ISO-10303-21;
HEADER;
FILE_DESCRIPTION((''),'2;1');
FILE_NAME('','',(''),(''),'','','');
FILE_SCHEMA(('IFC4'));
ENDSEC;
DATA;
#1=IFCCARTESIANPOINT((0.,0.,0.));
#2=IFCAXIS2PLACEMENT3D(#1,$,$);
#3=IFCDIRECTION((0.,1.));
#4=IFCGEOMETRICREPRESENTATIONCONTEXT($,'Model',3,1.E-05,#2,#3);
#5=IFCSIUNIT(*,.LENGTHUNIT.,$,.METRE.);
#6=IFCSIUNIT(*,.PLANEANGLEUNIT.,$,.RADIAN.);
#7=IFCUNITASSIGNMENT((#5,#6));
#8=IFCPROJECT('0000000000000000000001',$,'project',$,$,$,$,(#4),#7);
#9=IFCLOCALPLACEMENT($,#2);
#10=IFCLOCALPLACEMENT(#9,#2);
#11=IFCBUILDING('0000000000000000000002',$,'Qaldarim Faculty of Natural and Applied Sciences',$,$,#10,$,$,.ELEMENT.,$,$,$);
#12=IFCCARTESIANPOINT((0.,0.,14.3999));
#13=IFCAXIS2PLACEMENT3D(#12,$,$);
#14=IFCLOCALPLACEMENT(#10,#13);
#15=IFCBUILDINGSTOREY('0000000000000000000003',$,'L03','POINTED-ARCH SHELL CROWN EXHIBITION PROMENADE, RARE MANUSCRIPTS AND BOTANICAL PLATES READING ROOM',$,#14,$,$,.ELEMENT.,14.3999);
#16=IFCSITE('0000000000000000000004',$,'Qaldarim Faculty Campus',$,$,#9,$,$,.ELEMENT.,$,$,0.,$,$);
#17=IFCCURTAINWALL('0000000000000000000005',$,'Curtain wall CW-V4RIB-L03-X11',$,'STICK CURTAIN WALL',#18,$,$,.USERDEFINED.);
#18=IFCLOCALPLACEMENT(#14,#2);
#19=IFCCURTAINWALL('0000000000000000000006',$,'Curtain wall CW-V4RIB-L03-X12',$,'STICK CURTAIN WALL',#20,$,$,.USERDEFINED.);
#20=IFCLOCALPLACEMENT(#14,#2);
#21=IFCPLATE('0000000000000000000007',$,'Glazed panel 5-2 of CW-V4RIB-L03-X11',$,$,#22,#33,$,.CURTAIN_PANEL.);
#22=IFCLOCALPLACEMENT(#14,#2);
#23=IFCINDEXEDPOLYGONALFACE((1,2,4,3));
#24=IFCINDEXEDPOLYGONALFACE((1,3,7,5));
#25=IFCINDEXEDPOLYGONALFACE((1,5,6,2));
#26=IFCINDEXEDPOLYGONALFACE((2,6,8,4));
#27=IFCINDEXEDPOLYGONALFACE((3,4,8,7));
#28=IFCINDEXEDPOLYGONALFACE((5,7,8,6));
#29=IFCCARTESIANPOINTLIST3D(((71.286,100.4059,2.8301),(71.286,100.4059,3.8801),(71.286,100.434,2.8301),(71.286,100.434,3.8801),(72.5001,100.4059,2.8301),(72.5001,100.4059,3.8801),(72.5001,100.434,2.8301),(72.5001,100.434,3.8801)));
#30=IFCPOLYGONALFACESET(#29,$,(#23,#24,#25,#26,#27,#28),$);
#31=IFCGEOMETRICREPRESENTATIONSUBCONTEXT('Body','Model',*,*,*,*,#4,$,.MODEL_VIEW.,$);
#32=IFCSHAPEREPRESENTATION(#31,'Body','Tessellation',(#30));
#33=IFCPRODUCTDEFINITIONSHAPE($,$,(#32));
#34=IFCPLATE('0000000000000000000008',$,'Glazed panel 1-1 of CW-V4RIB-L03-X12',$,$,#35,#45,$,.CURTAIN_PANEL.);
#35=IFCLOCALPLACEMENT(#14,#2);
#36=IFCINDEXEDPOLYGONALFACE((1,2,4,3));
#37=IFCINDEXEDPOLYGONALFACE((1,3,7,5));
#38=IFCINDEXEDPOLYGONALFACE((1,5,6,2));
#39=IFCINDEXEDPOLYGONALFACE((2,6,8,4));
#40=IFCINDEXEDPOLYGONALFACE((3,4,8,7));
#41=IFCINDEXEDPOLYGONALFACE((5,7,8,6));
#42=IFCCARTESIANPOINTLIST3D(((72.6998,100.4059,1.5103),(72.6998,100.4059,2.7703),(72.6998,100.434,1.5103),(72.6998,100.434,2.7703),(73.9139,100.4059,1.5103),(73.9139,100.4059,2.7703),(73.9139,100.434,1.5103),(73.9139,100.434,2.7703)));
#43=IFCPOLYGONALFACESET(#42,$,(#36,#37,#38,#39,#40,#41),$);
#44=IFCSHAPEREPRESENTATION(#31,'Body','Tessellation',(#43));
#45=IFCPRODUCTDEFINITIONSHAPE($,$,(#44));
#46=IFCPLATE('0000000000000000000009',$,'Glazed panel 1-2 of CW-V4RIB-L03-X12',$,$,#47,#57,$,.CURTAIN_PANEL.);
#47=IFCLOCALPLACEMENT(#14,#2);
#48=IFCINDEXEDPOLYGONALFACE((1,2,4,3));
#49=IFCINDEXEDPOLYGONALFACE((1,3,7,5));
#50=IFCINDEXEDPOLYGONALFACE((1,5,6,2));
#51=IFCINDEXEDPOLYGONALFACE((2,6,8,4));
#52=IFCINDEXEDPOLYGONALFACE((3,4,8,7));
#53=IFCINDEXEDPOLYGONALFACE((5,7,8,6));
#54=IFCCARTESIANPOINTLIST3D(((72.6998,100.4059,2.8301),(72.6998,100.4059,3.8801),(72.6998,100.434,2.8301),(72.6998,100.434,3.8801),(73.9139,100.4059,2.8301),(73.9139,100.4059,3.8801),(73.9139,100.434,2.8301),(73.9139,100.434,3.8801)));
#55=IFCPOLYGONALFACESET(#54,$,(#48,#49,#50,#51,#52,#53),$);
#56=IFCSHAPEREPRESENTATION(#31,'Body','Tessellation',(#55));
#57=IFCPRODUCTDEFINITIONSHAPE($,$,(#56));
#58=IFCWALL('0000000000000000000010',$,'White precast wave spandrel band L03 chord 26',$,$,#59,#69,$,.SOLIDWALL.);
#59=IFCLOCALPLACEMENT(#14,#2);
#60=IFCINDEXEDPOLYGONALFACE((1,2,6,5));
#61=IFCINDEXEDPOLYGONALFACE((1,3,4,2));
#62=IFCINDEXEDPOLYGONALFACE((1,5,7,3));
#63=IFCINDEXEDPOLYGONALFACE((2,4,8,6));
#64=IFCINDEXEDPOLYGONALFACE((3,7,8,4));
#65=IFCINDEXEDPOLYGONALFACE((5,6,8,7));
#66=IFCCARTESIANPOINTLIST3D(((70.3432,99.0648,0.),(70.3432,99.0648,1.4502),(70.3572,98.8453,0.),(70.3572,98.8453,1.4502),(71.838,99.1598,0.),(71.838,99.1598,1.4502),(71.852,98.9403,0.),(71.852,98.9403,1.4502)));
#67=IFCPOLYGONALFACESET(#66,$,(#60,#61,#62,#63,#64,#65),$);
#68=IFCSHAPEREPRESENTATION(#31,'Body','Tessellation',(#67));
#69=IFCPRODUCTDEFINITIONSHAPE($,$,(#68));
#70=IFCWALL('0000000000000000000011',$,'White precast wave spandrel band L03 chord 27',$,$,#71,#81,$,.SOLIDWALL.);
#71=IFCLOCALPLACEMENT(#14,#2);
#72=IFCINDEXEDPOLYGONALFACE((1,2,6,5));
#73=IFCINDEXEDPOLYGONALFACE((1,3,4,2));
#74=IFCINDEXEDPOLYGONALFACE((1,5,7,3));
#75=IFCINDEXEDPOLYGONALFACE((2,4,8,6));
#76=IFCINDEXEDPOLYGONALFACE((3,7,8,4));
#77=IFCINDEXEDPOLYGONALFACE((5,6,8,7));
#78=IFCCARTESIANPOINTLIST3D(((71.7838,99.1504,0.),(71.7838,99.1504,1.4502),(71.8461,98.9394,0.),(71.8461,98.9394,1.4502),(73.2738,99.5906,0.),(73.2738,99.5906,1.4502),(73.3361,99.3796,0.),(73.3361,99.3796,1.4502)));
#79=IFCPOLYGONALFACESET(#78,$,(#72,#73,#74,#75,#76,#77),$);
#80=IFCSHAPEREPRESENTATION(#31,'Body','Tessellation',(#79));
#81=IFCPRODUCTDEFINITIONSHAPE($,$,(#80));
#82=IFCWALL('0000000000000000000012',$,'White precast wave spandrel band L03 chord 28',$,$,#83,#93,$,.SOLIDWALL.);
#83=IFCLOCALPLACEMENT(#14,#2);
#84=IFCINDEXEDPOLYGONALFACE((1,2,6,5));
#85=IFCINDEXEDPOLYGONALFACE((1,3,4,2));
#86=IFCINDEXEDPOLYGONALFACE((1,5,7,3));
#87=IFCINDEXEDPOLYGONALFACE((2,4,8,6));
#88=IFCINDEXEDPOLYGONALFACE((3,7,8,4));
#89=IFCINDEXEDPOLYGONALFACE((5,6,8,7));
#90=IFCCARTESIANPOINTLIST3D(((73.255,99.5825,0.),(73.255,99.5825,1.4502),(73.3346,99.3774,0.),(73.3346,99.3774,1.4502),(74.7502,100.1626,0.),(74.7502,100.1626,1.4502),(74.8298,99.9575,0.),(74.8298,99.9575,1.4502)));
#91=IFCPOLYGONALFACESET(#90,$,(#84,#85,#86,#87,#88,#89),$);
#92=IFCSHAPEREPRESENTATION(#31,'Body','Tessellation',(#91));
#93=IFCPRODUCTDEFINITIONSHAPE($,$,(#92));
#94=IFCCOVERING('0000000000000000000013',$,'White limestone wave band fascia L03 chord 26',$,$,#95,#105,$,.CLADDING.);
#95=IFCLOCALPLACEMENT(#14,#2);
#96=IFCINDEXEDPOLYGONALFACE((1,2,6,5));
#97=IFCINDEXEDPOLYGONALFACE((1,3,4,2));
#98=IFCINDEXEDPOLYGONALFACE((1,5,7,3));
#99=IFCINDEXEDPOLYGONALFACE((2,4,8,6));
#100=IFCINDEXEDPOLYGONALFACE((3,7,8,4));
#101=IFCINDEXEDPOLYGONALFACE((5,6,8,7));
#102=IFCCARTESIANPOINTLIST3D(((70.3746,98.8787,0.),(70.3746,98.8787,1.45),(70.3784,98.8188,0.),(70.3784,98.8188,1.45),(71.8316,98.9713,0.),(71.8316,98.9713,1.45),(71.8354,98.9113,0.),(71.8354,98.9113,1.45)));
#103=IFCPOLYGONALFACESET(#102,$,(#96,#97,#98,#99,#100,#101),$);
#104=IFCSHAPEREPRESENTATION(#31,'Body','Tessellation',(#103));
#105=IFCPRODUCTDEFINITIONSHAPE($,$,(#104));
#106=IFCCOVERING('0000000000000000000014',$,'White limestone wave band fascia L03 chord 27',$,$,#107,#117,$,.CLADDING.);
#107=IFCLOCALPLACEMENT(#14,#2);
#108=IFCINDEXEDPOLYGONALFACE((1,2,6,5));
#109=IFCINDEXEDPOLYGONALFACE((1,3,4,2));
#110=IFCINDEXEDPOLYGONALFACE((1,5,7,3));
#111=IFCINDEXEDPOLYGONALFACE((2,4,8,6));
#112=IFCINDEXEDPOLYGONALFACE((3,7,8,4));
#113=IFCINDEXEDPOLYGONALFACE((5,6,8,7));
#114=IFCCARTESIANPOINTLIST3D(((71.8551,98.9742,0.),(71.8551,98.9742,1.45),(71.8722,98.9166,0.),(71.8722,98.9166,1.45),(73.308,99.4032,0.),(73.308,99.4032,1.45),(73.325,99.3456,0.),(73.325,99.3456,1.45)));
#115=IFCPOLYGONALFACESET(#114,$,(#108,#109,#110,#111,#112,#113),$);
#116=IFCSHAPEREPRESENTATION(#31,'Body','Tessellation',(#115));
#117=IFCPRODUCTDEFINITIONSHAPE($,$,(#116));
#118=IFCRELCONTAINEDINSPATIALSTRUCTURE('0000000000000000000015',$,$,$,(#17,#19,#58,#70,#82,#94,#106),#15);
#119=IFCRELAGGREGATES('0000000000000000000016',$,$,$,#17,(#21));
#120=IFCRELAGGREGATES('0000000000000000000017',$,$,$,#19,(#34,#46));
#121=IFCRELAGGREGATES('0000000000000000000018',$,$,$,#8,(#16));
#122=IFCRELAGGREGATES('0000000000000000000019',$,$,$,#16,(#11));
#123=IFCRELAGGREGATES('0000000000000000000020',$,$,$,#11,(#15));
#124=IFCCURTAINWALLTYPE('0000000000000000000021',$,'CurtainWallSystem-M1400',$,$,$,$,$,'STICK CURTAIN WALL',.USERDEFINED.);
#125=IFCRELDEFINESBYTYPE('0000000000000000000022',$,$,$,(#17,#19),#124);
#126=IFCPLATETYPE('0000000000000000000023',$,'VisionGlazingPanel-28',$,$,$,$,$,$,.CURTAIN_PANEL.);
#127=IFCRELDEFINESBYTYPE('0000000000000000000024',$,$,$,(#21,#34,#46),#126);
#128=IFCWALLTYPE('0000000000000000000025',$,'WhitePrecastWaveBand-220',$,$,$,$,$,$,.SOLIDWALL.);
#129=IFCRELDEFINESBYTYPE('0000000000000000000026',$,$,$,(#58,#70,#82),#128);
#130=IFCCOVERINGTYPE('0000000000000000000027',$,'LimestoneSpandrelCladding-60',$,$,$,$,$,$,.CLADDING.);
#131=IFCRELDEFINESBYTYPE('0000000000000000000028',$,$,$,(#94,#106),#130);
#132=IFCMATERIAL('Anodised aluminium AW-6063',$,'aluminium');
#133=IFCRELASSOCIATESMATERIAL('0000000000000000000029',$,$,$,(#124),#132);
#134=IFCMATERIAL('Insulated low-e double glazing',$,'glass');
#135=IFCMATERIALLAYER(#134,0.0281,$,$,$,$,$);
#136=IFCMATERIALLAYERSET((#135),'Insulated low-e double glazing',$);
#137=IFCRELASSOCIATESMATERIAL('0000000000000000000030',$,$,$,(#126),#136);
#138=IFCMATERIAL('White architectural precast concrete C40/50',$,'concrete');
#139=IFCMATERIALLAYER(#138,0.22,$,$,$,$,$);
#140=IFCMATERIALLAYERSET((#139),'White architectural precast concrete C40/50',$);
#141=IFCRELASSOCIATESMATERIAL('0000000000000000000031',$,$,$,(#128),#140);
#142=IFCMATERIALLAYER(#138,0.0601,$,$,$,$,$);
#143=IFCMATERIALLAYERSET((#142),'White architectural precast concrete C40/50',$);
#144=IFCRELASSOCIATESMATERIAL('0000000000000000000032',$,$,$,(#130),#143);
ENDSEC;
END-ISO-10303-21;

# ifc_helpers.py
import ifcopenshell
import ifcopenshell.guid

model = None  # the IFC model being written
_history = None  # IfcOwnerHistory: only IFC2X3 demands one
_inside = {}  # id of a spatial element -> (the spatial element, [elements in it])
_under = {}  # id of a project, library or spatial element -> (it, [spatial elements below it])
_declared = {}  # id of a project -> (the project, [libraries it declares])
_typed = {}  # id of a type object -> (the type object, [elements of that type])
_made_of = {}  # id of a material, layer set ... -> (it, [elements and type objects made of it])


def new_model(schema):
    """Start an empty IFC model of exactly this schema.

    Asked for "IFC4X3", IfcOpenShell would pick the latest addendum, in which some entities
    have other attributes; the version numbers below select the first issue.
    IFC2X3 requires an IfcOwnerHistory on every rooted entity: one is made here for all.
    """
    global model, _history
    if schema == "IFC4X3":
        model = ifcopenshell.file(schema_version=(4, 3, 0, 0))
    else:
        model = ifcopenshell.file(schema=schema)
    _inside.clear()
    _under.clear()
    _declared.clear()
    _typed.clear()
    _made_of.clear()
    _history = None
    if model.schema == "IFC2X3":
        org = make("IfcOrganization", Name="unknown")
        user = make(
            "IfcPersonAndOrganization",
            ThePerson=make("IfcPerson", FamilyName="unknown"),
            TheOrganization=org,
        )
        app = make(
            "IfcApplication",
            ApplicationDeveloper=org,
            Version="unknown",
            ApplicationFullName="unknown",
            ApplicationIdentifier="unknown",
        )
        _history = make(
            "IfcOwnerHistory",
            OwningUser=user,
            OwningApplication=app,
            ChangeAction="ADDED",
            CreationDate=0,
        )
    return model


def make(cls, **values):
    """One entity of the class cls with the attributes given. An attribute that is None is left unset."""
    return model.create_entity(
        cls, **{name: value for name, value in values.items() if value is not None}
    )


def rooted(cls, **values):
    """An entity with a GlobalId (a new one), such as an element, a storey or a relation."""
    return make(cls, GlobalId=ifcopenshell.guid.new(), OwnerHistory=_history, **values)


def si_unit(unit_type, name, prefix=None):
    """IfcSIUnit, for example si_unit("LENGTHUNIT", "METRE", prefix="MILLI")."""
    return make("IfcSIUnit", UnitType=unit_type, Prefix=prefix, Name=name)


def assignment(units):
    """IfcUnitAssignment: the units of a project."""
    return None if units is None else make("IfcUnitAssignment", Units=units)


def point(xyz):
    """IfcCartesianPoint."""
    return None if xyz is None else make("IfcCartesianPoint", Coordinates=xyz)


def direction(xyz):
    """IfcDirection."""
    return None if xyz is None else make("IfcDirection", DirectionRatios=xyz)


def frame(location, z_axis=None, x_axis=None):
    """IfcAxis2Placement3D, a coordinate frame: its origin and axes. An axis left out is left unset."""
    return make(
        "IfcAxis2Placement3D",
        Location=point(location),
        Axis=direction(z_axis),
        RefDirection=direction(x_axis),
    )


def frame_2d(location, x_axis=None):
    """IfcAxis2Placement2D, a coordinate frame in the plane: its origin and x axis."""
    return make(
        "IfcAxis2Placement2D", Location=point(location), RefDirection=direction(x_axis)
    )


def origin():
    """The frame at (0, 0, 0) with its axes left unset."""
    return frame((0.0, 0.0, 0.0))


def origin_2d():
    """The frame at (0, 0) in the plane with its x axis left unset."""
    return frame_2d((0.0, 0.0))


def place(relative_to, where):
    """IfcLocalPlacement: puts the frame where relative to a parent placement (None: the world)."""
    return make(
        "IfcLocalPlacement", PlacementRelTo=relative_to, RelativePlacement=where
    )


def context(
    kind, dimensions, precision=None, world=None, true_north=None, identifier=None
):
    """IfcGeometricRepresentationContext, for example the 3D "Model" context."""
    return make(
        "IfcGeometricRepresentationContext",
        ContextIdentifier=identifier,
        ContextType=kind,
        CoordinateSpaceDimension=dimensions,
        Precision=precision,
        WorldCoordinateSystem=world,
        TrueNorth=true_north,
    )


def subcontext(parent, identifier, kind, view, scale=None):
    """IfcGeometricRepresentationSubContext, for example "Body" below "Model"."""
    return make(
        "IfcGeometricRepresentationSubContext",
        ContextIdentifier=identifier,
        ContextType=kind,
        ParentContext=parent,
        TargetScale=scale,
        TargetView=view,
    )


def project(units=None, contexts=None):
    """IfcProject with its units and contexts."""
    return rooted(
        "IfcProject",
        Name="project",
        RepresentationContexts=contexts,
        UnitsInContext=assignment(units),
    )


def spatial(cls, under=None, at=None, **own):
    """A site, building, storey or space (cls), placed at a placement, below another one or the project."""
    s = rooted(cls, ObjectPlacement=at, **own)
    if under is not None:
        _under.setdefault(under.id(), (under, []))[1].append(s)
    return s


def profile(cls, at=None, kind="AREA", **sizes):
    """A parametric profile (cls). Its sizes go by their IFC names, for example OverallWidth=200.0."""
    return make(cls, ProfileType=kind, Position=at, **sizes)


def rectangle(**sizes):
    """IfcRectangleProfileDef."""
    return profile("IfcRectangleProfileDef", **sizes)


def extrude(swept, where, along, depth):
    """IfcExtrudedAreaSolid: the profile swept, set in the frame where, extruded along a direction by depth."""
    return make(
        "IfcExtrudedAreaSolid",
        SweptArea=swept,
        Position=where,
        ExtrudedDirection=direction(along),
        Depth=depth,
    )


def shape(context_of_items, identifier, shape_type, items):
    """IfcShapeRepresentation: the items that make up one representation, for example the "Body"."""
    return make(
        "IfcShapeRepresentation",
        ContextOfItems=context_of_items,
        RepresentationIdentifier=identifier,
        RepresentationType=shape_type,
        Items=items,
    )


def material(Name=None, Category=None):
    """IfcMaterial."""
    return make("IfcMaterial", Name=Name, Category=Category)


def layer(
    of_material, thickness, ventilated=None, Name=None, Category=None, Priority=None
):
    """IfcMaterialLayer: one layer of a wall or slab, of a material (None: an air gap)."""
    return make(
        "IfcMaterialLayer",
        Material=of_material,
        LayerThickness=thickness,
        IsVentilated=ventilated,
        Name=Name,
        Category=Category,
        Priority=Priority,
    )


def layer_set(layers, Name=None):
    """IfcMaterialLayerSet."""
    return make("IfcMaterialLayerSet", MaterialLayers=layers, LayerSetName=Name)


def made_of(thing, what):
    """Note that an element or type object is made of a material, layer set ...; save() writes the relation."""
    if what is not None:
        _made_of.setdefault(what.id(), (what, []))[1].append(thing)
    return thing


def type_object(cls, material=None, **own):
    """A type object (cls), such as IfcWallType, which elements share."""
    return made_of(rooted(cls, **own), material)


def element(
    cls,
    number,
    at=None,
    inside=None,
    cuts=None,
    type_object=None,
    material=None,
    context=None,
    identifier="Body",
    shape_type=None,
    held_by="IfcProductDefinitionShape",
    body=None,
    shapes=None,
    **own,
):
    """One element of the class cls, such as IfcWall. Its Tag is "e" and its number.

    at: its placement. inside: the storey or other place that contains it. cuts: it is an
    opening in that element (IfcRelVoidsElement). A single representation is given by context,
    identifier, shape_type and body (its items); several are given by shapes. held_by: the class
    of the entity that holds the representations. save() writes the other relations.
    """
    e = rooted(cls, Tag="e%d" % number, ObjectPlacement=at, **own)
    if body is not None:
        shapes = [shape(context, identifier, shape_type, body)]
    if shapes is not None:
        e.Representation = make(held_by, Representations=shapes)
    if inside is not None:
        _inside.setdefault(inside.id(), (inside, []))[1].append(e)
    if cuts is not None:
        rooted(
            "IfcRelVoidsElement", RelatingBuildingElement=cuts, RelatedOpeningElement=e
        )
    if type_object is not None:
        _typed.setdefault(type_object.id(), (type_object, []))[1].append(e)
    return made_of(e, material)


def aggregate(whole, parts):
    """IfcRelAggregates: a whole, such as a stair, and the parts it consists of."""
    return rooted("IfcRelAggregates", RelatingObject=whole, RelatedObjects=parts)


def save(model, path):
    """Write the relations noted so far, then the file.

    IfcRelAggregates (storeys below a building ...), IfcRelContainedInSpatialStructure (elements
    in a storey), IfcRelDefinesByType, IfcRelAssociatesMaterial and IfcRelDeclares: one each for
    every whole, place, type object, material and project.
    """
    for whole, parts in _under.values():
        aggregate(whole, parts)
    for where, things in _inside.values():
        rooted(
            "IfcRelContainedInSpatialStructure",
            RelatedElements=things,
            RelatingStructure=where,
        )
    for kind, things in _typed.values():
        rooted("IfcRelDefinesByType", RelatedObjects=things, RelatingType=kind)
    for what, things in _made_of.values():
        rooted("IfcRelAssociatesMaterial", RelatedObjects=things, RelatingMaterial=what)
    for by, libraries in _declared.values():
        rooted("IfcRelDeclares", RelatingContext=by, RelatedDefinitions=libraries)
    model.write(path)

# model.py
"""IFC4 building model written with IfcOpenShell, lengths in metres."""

from ifc_helpers import new_model, si_unit, direction, frame, frame_2d, origin, origin_2d, place, context, subcontext, project, spatial, rectangle, extrude, material, layer, layer_set, type_object, element, aggregate, save


model = new_model("IFC4")

# Units and contexts
model_context = context("Model", 3, precision=1e-05, world=origin(), true_north=direction((0.0, 1.0)))
body_context = subcontext(model_context, "Body", "Model", "MODEL_VIEW")
ifc_project = project(units=[si_unit("LENGTHUNIT", "METRE"), si_unit("PLANEANGLEUNIT", "RADIAN")], contexts=[model_context])

# Site, building, storey
site_placement = place(None, origin())
site = spatial("IfcSite", under=ifc_project, at=site_placement, Name="Qaldarim Faculty Campus", CompositionType="ELEMENT", RefElevation=0.0)
building_placement = place(site_placement, origin())
building = spatial("IfcBuilding", under=site, at=building_placement, Name="Qaldarim Faculty of Natural and Applied Sciences", CompositionType="ELEMENT")
storey_placement = place(building_placement, frame((0.0, 0.0, 14.3999)))
storey = spatial("IfcBuildingStorey", under=building, at=storey_placement, Name="L03", Description="POINTED-ARCH SHELL CROWN EXHIBITION PROMENADE, RARE MANUSCRIPTS AND BOTANICAL PLATES READING ROOM", CompositionType="ELEMENT", Elevation=14.3999)

# Curtain wall
ifc_material_1 = material(Name="Anodised aluminium AW-6063", Category="aluminium")
curtain_wall_type = type_object("IfcCurtainWallType", Name="CurtainWallSystem-M1400", ElementType="STICK CURTAIN WALL", PredefinedType="USERDEFINED", material=ifc_material_1)
curtain_wall_1_placement = place(storey_placement, origin())
curtain_wall_1 = element("IfcCurtainWall", 1, at=curtain_wall_1_placement, inside=storey, type_object=curtain_wall_type, Name="Curtain wall CW-V4RIB-L03-X11", ObjectType="STICK CURTAIN WALL", PredefinedType="USERDEFINED")

# Curtain wall
curtain_wall_2_placement = place(storey_placement, origin())
curtain_wall_2 = element("IfcCurtainWall", 2, at=curtain_wall_2_placement, inside=storey, type_object=curtain_wall_type, Name="Curtain wall CW-V4RIB-L03-X12", ObjectType="STICK CURTAIN WALL", PredefinedType="USERDEFINED")

# Plates
ifc_material_2 = material(Name="Insulated low-e double glazing", Category="glass")
ifc_layer_1 = layer(ifc_material_2, 0.0281)
ifc_layer_set_1 = layer_set([ifc_layer_1], Name="Insulated low-e double glazing")
plate_type = type_object("IfcPlateType", Name="VisionGlazingPanel-28", PredefinedType="CURTAIN_PANEL", material=ifc_layer_set_1)
plate_1_placement = place(storey_placement, frame((71.8931, 100.4199, 2.8301), z_axis=(0.0, 0.0, 1.0), x_axis=(1.0, 0.0, 0.0)))
plate_1 = element("IfcPlate", 3, at=plate_1_placement, type_object=plate_type, Name="Glazed panel 5-2 of CW-V4RIB-L03-X11", PredefinedType="CURTAIN_PANEL", context=body_context, shape_type="SweptSolid", body=[
    extrude(rectangle(XDim=1.2141, YDim=0.0281, at=origin_2d()), origin(), (0.0, 0.0, 1.0), 1.05),
])
aggregate(curtain_wall_1, [plate_1])
plate_2_placement = place(storey_placement, frame((73.3069, 100.4199, 1.5103), z_axis=(0.0, 0.0, 1.0), x_axis=(1.0, 0.0, 0.0)))
plate_2 = element("IfcPlate", 4, at=plate_2_placement, type_object=plate_type, Name="Glazed panel 1-1 of CW-V4RIB-L03-X12", PredefinedType="CURTAIN_PANEL", context=body_context, shape_type="SweptSolid", body=[
    extrude(rectangle(XDim=1.2141, YDim=0.0281, at=origin_2d()), origin(), (0.0, 0.0, 1.0), 1.26),
])
plate_3_placement = place(storey_placement, frame((73.3069, 100.4199, 2.8301), z_axis=(0.0, 0.0, 1.0), x_axis=(1.0, 0.0, 0.0)))
plate_3 = element("IfcPlate", 5, at=plate_3_placement, type_object=plate_type, Name="Glazed panel 1-2 of CW-V4RIB-L03-X12", PredefinedType="CURTAIN_PANEL", context=body_context, shape_type="SweptSolid", body=[
    extrude(rectangle(XDim=1.2141, YDim=0.0281, at=origin_2d()), origin(), (0.0, 0.0, 1.0), 1.05),
])
aggregate(curtain_wall_2, [plate_2, plate_3])

# Walls
ifc_material_3 = material(Name="White architectural precast concrete C40/50", Category="concrete")
ifc_layer_2 = layer(ifc_material_3, 0.22)
ifc_layer_set_2 = layer_set([ifc_layer_2], Name="White architectural precast concrete C40/50")
wall_type = type_object("IfcWallType", Name="WhitePrecastWaveBand-220", PredefinedType="SOLIDWALL", material=ifc_layer_set_2)
wall_1_placement = place(storey_placement, frame((70.3501, 98.9551, 0.0), z_axis=(0.0, 0.0, 1.0), x_axis=(0.997988, 0.063403, 0.0)))
element("IfcWall", 6, at=wall_1_placement, inside=storey, type_object=wall_type, Name="White precast wave spandrel band L03 chord 26", PredefinedType="SOLIDWALL", context=body_context, shape_type="SweptSolid", body=[
    extrude(rectangle(XDim=1.4978, YDim=0.22, at=frame_2d((0.749, 0.0))), origin(), (0.0, 0.0, 1.0), 1.4502),
])
wall_2_placement = place(storey_placement, frame((71.8149, 99.0449, 0.0), z_axis=(0.0, 0.0, 1.0), x_axis=(0.959025, 0.283323, 0.0)))
element("IfcWall", 7, at=wall_2_placement, inside=storey, type_object=wall_type, Name="White precast wave spandrel band L03 chord 27", PredefinedType="SOLIDWALL", context=body_context, shape_type="SweptSolid", body=[
    extrude(rectangle(XDim=1.5537, YDim=0.22, at=frame_2d((0.7769, 0.0))), origin(), (0.0, 0.0, 1.0), 1.4502),
])
wall_3_placement = place(storey_placement, frame((73.2949, 99.48, 0.0), z_axis=(0.0, 0.0, 1.0), x_axis=(0.93229, 0.361712, 0.0)))
element("IfcWall", 8, at=wall_3_placement, inside=storey, type_object=wall_type, Name="White precast wave spandrel band L03 chord 28", PredefinedType="SOLIDWALL", context=body_context, shape_type="SweptSolid", body=[
    extrude(rectangle(XDim=1.6038, YDim=0.22, at=frame_2d((0.8018, 0.0))), origin(), (0.0, 0.0, 1.0), 1.4502),
])

# Coverings
ifc_layer_3 = layer(ifc_material_3, 0.0601)
ifc_layer_set_3 = layer_set([ifc_layer_3], Name="White architectural precast concrete C40/50")
covering_type = type_object("IfcCoveringType", Name="LimestoneSpandrelCladding-60", PredefinedType="CLADDING", material=ifc_layer_set_3)
covering_1_placement = place(storey_placement, frame((71.105, 98.895, 0.0), z_axis=(0.0, 0.0, 1.0), x_axis=(0.997987, 0.063418, 0.0)))
element("IfcCovering", 9, at=covering_1_placement, inside=storey, type_object=covering_type, Name="White limestone wave band fascia L03 chord 26", PredefinedType="CLADDING", context=body_context, shape_type="SweptSolid", body=[
    extrude(rectangle(XDim=1.46, YDim=0.0601, at=origin_2d()), origin(), (0.0, 0.0, 1.0), 1.45),
])
covering_2_placement = place(storey_placement, frame((72.5901, 99.1599, 0.0), z_axis=(0.0, 0.0, 1.0), x_axis=(0.959057, 0.283212, 0.0)))
element("IfcCovering", 10, at=covering_2_placement, inside=storey, type_object=covering_type, Name="White limestone wave band fascia L03 chord 27", PredefinedType="CLADDING", context=body_context, shape_type="SweptSolid", body=[
    extrude(rectangle(XDim=1.5149, YDim=0.0601, at=origin_2d()), origin(), (0.0, 0.0, 1.0), 1.45),
])

save(model, "model.ifc")
